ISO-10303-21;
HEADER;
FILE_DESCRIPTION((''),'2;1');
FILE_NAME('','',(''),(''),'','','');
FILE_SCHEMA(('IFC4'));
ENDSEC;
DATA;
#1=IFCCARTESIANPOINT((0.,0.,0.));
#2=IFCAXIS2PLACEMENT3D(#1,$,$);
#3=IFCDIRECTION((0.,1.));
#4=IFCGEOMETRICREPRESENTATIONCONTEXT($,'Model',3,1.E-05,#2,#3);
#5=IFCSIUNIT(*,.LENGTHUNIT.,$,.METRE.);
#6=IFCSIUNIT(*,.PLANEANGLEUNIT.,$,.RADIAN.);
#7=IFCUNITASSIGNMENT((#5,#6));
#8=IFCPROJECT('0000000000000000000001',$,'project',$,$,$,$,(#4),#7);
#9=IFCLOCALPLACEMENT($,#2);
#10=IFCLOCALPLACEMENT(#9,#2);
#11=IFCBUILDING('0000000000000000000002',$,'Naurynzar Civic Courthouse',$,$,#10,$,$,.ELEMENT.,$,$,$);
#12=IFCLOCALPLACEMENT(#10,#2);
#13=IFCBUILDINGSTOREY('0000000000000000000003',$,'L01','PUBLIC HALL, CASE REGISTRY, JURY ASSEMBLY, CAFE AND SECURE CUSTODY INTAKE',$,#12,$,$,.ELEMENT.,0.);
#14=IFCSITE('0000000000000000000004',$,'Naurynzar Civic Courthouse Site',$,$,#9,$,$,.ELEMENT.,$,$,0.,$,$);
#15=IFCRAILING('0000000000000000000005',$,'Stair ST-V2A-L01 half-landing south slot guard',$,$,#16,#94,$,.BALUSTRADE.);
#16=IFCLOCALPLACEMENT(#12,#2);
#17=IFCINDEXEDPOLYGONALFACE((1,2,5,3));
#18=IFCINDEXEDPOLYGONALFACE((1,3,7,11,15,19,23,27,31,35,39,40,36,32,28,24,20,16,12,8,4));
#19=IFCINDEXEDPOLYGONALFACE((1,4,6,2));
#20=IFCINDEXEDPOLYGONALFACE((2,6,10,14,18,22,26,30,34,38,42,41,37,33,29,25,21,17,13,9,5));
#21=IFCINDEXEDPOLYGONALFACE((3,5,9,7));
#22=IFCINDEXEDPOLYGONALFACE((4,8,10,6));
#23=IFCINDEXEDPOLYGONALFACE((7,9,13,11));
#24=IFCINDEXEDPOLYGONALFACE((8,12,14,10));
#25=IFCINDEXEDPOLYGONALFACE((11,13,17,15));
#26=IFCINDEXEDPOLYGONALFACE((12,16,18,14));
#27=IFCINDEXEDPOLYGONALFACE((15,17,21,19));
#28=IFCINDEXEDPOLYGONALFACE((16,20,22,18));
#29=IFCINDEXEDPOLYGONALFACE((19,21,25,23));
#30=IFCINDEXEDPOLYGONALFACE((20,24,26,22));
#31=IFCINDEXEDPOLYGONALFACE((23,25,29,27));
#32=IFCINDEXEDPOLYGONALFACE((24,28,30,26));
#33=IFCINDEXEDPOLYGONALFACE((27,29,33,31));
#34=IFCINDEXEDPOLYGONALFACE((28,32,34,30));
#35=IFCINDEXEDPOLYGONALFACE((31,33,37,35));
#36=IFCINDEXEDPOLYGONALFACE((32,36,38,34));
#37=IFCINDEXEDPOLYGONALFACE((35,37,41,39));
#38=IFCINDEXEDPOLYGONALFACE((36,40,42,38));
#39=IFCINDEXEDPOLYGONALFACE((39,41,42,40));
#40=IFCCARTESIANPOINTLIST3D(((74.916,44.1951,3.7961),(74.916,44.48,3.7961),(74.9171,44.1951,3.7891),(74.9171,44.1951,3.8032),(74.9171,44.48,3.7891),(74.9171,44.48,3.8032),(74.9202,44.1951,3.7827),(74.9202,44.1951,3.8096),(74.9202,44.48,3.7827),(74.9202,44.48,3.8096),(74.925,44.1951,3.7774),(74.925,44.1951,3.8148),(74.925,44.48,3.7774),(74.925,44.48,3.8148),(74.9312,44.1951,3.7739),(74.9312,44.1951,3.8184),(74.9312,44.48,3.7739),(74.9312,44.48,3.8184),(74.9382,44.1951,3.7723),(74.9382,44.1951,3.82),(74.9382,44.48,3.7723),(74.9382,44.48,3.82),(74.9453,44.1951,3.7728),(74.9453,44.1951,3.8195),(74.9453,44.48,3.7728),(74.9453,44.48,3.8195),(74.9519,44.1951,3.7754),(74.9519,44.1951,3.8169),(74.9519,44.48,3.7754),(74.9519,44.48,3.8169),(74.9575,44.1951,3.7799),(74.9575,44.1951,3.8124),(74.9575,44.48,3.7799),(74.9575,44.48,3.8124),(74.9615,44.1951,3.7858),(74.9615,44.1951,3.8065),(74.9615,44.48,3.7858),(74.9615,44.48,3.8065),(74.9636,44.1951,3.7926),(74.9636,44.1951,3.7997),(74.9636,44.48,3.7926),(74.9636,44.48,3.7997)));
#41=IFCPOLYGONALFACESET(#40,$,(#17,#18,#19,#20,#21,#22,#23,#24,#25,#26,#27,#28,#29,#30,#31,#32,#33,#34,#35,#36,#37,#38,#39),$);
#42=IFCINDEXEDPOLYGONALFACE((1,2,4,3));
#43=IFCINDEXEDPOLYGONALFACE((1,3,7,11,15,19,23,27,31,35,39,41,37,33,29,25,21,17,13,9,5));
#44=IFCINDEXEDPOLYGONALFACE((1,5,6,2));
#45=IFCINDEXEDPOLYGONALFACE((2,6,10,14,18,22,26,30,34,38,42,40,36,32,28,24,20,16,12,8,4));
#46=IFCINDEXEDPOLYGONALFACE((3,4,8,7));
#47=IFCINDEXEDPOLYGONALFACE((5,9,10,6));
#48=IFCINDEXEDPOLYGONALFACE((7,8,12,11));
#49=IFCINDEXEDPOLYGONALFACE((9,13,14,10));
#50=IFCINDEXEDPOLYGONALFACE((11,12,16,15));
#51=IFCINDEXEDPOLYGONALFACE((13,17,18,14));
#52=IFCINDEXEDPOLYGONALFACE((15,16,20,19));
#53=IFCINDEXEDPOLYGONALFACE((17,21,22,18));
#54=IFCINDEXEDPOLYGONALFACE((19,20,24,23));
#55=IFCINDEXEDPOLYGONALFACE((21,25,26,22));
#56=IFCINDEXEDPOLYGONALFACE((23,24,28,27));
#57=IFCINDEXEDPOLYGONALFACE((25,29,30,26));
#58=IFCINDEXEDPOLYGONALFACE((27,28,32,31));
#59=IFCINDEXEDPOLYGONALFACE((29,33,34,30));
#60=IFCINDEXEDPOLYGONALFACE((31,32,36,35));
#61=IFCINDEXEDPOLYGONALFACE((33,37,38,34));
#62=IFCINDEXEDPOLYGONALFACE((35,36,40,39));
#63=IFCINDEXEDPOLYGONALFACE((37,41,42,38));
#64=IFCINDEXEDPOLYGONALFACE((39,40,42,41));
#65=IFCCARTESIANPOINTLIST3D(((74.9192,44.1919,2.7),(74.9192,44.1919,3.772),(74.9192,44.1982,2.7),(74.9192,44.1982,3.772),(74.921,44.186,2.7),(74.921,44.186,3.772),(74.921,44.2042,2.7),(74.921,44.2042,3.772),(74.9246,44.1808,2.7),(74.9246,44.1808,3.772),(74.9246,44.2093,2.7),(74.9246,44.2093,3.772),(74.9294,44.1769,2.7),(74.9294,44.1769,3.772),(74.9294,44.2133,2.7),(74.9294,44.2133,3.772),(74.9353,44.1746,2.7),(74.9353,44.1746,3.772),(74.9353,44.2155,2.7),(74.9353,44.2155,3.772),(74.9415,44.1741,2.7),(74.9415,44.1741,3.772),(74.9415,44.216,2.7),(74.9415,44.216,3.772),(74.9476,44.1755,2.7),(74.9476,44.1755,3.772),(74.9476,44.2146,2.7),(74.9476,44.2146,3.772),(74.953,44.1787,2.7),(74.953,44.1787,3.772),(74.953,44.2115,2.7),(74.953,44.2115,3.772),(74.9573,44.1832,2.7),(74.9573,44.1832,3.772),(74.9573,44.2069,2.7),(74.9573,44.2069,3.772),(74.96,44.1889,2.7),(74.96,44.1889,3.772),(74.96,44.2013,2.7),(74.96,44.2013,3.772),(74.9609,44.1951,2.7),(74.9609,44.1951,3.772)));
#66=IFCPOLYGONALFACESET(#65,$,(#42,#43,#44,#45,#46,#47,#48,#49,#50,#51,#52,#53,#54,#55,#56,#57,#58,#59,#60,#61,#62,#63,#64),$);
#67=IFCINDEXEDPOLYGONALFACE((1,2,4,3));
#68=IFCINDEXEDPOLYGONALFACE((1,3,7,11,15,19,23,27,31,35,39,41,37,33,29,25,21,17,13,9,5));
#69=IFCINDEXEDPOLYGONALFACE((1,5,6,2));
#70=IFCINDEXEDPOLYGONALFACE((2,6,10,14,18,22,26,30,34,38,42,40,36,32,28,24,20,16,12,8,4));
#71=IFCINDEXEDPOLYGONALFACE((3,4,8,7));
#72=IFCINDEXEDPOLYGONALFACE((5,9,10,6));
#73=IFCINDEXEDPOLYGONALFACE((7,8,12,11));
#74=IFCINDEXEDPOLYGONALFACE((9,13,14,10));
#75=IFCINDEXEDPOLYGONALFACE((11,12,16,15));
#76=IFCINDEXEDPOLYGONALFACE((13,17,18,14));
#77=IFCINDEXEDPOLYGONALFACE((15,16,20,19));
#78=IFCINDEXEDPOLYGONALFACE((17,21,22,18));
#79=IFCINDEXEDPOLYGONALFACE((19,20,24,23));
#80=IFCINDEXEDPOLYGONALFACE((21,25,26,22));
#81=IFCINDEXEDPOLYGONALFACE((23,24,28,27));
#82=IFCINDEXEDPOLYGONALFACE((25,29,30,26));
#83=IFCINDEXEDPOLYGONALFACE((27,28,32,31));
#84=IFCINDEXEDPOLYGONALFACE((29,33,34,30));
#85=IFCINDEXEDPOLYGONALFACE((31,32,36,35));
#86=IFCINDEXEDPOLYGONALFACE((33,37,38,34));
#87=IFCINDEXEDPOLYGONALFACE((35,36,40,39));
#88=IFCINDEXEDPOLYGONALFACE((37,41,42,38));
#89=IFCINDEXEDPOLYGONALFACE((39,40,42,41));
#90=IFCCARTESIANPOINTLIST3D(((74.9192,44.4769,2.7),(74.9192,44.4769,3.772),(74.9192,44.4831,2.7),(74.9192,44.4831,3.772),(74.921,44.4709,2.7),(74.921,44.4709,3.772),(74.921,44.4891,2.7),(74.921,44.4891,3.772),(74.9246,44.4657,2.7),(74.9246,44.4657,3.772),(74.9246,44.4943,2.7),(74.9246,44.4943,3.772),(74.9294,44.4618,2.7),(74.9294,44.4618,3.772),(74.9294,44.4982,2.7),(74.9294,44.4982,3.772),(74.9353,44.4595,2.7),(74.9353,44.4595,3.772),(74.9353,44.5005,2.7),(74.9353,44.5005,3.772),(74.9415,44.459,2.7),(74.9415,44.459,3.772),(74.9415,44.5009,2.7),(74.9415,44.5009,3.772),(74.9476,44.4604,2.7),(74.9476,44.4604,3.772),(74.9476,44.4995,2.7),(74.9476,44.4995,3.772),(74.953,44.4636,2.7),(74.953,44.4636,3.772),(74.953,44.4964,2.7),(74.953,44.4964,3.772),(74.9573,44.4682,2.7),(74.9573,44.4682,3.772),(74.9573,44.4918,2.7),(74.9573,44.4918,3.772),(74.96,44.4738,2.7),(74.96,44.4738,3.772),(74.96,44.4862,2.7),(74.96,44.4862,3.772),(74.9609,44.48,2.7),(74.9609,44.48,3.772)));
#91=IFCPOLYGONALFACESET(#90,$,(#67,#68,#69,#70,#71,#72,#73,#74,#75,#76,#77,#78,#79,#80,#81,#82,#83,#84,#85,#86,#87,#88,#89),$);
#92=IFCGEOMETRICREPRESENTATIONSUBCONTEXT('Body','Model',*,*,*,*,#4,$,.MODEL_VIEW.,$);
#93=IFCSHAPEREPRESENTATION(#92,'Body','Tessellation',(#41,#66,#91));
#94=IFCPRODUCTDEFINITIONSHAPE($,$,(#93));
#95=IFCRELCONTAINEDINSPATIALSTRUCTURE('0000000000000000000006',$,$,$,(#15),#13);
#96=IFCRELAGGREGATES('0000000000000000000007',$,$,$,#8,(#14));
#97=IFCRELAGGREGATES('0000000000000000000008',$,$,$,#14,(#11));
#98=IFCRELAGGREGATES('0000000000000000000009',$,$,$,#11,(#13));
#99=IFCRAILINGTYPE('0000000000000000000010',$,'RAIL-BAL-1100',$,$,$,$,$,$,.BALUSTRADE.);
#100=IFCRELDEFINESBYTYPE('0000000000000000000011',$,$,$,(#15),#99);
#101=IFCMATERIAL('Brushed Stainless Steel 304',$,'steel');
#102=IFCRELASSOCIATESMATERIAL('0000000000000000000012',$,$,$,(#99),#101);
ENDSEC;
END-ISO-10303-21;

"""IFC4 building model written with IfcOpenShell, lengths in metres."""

from ifc_helpers import new_model, si_unit, direction, frame, origin, origin_2d, place, context, subcontext, project, spatial, circle, extrude, material, type_object, element, save


model = new_model("IFC4")

# Units and contexts
model_context = context("Model", 3, precision=1e-05, world=origin(), true_north=direction((0.0, 1.0)))
body_context = subcontext(model_context, "Body", "Model", "MODEL_VIEW")
ifc_project = project(units=[si_unit("LENGTHUNIT", "METRE"), si_unit("PLANEANGLEUNIT", "RADIAN")], contexts=[model_context])

# Site, building, storey
site_placement = place(None, origin())
site = spatial("IfcSite", under=ifc_project, at=site_placement, Name="Naurynzar Civic Courthouse Site", CompositionType="ELEMENT", RefElevation=0.0)
building_placement = place(site_placement, origin())
building = spatial("IfcBuilding", under=site, at=building_placement, Name="Naurynzar Civic Courthouse", CompositionType="ELEMENT")
storey_placement = place(building_placement, origin())
storey = spatial("IfcBuildingStorey", under=building, at=storey_placement, Name="L01", Description="PUBLIC HALL, CASE REGISTRY, JURY ASSEMBLY, CAFE AND SECURE CUSTODY INTAKE", CompositionType="ELEMENT", Elevation=0.0)

# Railing
ifc_material_1 = material(Name="Brushed Stainless Steel 304", Category="steel")
railing_type_1 = type_object("IfcRailingType", Name="RAIL-BAL-1100", PredefinedType="BALUSTRADE", material=ifc_material_1)
railing_1_placement = place(storey_placement, frame((74.9399, 44.1951, 2.7)))
element("IfcRailing", 1, at=railing_1_placement, inside=storey, type_object=railing_type_1, Name="Stair ST-V2A-L01 half-landing south slot guard", PredefinedType="BALUSTRADE", context=body_context, shape_type="SweptSolid", body=[
    extrude(circle(Radius=0.0239, at=origin_2d()), frame((0.0, 0.0, 1.0962), z_axis=(0.0, 1.0, 0.0), x_axis=(-1.0, 0.0, 0.0)), (0.0, 0.0, 1.0), 0.2849),
    extrude(circle(Radius=0.021, at=origin_2d()), origin(), (0.0, 0.0, 1.0), 1.072),
    extrude(circle(Radius=0.021, at=origin_2d()), frame((0.0, 0.2849, 0.0)), (0.0, 0.0, 1.0), 1.072),
])

save(model, "model.ifc")
